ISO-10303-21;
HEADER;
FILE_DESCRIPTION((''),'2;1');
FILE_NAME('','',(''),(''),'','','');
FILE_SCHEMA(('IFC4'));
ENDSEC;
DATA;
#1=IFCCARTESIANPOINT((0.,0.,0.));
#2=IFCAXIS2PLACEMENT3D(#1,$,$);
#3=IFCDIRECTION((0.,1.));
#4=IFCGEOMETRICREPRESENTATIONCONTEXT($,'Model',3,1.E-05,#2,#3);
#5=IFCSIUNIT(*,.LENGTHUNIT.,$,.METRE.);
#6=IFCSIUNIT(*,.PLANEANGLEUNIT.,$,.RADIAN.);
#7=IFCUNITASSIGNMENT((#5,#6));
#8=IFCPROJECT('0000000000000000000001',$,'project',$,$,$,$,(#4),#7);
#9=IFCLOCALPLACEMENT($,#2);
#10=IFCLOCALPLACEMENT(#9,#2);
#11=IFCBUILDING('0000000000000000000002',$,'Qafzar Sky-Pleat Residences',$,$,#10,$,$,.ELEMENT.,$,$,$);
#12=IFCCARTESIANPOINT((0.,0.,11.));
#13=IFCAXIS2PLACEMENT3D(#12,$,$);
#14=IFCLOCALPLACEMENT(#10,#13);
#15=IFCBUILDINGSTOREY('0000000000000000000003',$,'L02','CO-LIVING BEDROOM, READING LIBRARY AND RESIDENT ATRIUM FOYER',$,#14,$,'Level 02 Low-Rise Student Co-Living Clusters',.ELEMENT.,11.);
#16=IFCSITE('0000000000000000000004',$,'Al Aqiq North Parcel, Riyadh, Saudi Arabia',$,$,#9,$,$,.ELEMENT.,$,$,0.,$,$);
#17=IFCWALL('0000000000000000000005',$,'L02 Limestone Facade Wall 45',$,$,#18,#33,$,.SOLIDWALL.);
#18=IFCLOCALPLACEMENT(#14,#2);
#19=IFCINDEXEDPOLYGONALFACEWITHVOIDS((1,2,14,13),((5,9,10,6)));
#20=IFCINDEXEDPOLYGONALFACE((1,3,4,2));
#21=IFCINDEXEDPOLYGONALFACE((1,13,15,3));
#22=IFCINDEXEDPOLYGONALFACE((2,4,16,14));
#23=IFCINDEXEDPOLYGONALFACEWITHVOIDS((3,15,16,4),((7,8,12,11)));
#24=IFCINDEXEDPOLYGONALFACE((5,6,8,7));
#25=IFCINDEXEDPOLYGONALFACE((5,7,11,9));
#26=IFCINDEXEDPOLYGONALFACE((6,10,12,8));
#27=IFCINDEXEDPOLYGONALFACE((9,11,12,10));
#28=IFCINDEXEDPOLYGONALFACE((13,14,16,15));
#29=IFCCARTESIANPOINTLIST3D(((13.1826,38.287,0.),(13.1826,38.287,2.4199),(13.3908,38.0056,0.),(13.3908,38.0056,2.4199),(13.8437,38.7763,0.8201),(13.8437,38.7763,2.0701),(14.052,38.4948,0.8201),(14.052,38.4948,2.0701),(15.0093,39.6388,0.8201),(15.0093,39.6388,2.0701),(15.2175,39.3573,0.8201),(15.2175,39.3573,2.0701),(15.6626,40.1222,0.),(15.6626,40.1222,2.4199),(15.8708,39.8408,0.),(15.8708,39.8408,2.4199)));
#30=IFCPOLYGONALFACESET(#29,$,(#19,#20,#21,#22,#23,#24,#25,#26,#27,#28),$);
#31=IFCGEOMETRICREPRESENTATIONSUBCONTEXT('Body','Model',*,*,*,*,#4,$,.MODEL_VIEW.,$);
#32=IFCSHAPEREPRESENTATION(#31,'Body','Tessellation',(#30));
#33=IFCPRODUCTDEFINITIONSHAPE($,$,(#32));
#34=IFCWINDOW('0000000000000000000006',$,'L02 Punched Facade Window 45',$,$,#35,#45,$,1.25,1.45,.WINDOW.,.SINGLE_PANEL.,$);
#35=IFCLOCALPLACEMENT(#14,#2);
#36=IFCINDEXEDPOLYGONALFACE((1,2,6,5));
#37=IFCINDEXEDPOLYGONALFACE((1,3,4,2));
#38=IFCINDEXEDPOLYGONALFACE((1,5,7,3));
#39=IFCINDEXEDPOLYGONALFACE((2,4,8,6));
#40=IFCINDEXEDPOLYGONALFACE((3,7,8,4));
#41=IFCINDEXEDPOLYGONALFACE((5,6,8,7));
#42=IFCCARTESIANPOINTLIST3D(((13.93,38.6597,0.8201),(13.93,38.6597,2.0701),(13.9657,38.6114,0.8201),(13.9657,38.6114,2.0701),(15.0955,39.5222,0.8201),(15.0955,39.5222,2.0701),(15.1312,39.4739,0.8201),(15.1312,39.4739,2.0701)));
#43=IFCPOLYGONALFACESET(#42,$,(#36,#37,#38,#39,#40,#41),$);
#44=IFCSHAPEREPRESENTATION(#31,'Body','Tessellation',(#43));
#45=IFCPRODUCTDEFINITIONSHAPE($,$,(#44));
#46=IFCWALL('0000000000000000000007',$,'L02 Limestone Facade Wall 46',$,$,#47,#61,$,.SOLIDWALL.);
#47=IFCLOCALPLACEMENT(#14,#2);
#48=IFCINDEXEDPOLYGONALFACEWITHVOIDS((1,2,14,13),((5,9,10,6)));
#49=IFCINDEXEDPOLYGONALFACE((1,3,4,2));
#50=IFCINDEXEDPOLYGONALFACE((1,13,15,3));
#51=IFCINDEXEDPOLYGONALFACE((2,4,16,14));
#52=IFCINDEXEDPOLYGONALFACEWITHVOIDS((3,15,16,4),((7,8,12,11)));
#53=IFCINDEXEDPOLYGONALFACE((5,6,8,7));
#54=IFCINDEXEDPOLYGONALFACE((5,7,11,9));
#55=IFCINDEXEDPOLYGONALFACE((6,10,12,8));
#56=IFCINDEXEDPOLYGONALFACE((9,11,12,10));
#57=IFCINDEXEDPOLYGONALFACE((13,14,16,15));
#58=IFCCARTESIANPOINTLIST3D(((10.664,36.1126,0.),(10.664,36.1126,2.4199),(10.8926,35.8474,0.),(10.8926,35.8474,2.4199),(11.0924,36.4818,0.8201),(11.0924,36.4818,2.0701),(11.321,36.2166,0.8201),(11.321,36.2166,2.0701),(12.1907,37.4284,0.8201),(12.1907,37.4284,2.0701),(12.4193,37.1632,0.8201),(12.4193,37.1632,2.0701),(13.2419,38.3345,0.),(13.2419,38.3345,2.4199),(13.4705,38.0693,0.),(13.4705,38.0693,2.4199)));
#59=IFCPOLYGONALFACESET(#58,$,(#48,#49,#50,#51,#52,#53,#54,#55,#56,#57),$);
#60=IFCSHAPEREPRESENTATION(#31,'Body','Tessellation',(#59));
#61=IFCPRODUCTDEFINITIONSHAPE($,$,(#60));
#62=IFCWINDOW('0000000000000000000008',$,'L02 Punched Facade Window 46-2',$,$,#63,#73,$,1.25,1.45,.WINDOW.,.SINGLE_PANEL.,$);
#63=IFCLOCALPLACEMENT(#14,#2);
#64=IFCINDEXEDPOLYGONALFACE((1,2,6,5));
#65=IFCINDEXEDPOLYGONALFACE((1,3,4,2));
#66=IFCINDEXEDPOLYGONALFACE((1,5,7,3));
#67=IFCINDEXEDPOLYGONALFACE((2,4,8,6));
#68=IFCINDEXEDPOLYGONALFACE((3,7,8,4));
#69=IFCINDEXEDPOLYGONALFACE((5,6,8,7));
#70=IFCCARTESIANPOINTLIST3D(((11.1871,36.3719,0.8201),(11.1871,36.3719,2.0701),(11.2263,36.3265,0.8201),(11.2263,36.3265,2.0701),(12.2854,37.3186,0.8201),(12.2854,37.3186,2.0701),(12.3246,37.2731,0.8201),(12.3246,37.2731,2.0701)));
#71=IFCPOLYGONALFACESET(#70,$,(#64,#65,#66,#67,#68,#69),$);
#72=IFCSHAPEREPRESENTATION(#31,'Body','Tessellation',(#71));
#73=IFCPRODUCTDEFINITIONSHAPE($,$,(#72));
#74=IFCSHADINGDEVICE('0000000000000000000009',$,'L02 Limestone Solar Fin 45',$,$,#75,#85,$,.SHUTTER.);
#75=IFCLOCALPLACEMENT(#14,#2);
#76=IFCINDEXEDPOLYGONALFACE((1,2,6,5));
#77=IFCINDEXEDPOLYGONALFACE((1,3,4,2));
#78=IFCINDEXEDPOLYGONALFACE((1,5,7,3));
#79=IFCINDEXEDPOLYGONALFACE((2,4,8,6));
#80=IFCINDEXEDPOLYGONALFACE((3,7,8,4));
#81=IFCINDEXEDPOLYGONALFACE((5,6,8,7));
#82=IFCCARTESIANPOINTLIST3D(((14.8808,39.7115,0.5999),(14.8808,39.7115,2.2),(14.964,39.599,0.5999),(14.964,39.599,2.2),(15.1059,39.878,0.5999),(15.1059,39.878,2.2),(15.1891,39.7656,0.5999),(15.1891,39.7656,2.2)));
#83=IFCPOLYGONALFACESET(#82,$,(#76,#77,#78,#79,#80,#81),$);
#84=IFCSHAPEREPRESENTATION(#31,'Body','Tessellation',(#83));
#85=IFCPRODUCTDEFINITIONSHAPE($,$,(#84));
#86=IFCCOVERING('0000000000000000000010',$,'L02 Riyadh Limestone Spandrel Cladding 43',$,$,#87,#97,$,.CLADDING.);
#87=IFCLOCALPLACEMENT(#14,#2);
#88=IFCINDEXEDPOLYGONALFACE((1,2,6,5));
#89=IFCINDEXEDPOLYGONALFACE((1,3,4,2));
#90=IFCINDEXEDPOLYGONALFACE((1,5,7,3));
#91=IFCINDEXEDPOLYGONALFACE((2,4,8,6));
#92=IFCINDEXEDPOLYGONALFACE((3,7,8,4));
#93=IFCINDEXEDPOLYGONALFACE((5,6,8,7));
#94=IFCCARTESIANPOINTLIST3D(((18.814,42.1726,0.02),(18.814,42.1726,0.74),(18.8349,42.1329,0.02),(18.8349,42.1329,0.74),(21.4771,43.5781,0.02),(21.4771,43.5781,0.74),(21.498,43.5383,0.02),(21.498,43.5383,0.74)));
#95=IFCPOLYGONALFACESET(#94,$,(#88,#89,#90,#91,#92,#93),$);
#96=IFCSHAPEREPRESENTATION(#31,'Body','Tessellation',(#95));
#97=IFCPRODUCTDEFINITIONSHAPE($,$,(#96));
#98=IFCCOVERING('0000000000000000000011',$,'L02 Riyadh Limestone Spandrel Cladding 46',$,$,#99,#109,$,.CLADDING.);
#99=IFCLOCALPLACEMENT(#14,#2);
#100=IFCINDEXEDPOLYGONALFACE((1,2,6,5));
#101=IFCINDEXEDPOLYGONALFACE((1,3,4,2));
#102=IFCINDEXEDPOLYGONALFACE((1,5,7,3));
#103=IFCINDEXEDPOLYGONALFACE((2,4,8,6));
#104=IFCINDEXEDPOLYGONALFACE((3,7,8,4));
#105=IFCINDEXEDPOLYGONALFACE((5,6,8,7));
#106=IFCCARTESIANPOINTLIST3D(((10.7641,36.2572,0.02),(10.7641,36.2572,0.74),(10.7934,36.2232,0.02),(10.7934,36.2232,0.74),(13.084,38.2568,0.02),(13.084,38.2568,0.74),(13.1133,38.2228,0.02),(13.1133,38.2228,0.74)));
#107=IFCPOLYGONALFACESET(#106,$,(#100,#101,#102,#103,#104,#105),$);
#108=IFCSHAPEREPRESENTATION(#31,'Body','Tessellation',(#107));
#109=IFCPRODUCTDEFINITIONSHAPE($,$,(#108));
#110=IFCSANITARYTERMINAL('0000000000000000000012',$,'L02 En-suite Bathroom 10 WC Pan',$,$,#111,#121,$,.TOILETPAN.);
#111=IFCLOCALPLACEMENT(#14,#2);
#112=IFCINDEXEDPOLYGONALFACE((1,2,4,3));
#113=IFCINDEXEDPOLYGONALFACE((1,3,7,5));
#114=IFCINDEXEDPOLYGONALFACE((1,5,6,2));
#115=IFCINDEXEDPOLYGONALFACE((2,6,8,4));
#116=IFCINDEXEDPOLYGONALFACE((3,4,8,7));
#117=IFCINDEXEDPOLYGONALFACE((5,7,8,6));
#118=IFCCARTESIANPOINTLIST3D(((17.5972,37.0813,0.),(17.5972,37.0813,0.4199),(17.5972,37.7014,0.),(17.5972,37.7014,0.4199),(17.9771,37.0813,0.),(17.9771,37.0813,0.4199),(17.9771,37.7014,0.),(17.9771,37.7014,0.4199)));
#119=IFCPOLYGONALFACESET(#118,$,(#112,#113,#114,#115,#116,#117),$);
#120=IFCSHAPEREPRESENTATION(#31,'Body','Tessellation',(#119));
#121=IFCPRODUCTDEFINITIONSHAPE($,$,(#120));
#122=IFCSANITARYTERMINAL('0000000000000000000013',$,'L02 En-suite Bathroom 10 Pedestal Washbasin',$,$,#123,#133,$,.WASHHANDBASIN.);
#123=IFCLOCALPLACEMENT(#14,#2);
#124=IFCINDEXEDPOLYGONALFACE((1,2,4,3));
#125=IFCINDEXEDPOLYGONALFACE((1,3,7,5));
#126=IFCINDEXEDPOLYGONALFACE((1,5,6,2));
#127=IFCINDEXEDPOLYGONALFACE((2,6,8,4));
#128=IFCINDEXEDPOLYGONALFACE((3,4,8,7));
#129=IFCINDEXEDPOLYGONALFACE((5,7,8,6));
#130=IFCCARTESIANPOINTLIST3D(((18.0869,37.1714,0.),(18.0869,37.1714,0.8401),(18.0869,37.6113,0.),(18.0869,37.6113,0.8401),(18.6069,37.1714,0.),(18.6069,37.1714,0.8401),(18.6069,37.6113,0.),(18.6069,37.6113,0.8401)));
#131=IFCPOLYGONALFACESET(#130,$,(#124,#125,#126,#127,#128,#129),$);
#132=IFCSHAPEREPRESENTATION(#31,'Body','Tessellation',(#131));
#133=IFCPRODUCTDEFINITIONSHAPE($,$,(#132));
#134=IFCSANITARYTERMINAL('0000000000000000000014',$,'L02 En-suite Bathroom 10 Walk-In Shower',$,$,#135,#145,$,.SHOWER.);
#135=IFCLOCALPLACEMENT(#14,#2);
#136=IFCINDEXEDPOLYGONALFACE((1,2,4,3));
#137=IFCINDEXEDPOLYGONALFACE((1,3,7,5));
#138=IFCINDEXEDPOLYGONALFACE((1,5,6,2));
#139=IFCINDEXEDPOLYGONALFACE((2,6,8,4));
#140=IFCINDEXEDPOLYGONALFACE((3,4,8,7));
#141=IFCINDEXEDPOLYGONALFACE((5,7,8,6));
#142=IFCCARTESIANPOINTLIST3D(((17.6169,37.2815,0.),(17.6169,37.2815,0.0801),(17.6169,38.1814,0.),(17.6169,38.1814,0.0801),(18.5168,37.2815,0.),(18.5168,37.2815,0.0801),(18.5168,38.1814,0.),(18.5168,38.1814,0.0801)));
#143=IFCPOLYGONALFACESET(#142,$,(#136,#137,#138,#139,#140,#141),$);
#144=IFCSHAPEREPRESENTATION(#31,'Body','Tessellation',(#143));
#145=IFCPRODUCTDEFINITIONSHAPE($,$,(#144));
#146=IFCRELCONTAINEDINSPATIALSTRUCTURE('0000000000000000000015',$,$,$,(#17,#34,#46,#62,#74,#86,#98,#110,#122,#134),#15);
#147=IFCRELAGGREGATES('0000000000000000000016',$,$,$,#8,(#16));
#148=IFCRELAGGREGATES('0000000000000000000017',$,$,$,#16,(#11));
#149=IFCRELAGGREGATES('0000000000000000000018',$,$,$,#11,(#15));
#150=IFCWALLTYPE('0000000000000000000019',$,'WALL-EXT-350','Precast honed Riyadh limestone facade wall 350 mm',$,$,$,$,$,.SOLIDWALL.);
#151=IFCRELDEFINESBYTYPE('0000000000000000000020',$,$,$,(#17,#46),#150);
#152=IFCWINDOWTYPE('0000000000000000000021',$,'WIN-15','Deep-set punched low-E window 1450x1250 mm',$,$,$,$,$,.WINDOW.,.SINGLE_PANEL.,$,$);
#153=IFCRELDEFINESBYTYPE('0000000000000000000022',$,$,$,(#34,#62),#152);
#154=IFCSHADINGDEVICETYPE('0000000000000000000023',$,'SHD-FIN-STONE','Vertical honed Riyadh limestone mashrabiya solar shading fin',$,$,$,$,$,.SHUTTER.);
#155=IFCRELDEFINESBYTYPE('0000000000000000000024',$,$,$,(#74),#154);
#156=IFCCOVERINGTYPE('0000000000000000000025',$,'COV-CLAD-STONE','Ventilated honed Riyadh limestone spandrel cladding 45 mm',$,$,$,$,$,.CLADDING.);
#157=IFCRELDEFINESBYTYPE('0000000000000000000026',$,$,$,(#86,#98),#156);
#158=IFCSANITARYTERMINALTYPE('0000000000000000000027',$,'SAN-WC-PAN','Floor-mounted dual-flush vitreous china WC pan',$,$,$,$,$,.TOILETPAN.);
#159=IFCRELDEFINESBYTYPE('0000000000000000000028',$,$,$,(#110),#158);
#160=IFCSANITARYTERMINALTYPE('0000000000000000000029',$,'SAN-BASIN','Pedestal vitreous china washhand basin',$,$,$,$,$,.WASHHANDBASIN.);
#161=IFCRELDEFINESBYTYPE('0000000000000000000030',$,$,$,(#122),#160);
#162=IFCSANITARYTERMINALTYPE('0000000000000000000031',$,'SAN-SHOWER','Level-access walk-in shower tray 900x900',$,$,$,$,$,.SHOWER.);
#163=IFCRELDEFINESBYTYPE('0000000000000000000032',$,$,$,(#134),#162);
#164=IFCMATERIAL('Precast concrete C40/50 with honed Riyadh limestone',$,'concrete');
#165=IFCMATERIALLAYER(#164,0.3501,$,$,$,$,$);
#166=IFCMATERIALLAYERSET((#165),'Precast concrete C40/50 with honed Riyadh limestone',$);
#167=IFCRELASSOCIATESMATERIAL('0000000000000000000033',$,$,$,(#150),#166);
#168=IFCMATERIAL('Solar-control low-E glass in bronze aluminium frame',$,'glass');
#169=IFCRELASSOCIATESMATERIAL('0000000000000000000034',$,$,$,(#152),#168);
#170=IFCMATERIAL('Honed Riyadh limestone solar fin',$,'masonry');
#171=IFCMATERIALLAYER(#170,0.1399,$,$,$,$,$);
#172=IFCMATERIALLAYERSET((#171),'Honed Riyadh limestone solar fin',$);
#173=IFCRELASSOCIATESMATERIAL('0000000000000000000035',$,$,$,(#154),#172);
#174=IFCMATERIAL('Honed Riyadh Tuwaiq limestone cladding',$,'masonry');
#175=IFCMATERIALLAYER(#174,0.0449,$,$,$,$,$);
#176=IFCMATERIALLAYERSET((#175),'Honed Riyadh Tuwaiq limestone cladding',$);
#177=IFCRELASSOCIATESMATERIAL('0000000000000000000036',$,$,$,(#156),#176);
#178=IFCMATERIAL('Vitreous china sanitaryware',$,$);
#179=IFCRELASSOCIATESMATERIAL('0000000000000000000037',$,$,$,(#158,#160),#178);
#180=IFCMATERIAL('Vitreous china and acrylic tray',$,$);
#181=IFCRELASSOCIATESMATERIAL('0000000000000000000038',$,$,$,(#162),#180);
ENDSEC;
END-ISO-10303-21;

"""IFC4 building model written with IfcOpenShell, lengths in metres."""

from ifc_helpers import new_model, si_unit, direction, frame, frame_2d, origin, origin_2d, place, context, subcontext, project, spatial, rectangle, extrude, source, transform, mapped, material, layer, layer_set, type_object, element, fill, save


model = new_model("IFC4")

# Units and contexts
model_context = context("Model", 3, precision=1e-05, world=origin(), true_north=direction((0.0, 1.0)))
body_context = subcontext(model_context, "Body", "Model", "MODEL_VIEW")
ifc_project = project(units=[si_unit("LENGTHUNIT", "METRE"), si_unit("PLANEANGLEUNIT", "RADIAN")], contexts=[model_context])

# Site, building, storey
site_placement = place(None, origin())
site = spatial("IfcSite", under=ifc_project, at=site_placement, Name="Al Aqiq North Parcel, Riyadh, Saudi Arabia", CompositionType="ELEMENT", RefElevation=0.0)
building_placement = place(site_placement, origin())
building = spatial("IfcBuilding", under=site, at=building_placement, Name="Qafzar Sky-Pleat Residences", CompositionType="ELEMENT")
storey_placement = place(building_placement, frame((0.0, 0.0, 11.0)))
storey = spatial("IfcBuildingStorey", under=building, at=storey_placement, Name="L02", Description="CO-LIVING BEDROOM, READING LIBRARY AND RESIDENT ATRIUM FOYER", LongName="Level 02 Low-Rise Student Co-Living Clusters", CompositionType="ELEMENT", Elevation=11.0)

# Walls, openings, windows
ifc_material_1 = material(Name="Precast concrete C40/50 with honed Riyadh limestone", Category="concrete")
ifc_layer_1 = layer(ifc_material_1, 0.3501)
ifc_layer_set_1 = layer_set([ifc_layer_1], Name="Precast concrete C40/50 with honed Riyadh limestone")
wall_type_1 = type_object("IfcWallType", Name="WALL-EXT-350", Description="Precast honed Riyadh limestone facade wall 350 mm", PredefinedType="SOLIDWALL", material=ifc_layer_set_1)
ifc_material_2 = material(Name="Solar-control low-E glass in bronze aluminium frame", Category="glass")
wall_1_placement = place(storey_placement, frame((15.7666, 39.9814, 0.0), z_axis=(0.0, 0.0, 1.0), x_axis=(-0.803839, -0.594847, 0.0)))
wall_1 = element("IfcWall", 1, at=wall_1_placement, inside=storey, type_object=wall_type_1, Name="L02 Limestone Facade Wall 45", PredefinedType="SOLIDWALL", context=body_context, shape_type="SweptSolid", body=[
    extrude(rectangle(XDim=3.0852, YDim=0.3501, at=frame_2d((1.5425, 0.0))), origin(), (0.0, 0.0, 1.0), 2.4199),
])
opening_1_placement = place(wall_1_placement, frame((0.8125, 0.0, 0.8201)))
opening_1 = element("IfcOpeningElement", 2, at=opening_1_placement, cuts=wall_1, PredefinedType="OPENING", context=body_context, shape_type="SweptSolid", body=[
    extrude(rectangle(XDim=1.45, YDim=1.25, at=frame_2d((0.7251, 0.625))), frame((0.0, 0.1851, 0.0), z_axis=(0.0, -1.0, 0.0), x_axis=(1.0, 0.0, 0.0)), (0.0, 0.0, 1.0), 0.3701),
])
window_type_1 = type_object("IfcWindowType", Name="WIN-15", Description="Deep-set punched low-E window 1450x1250 mm", PartitioningType="SINGLE_PANEL", PredefinedType="WINDOW", material=ifc_material_2)
shared_shape_1 = source(origin(), body_context, "Body", "SweptSolid", [
    extrude(rectangle(XDim=1.45, YDim=1.25, at=frame_2d((0.7251, 0.625))), frame((0.0, 0.03, 0.0), z_axis=(0.0, -1.0, 0.0), x_axis=(1.0, 0.0, 0.0)), (0.0, 0.0, 1.0), 0.0601),
])
window_1_placement = place(opening_1_placement, origin())
window_1 = element("IfcWindow", 3, at=window_1_placement, inside=storey, type_object=window_type_1, Name="L02 Punched Facade Window 45", OverallHeight=1.25, OverallWidth=1.45, PartitioningType="SINGLE_PANEL", PredefinedType="WINDOW", context=body_context, shape_type="MappedRepresentation", body=[
    mapped(shared_shape_1, transform((0.0, 0.0, 0.0), x_axis=(1.0, 0.0, 0.0), y_axis=(0.0, 1.0, 0.0), z_axis=(0.0, 0.0, 1.0), scale=1.0)),
])
fill(opening_1, window_1)
wall_2_placement = place(storey_placement, frame((13.3562, 38.2019, 0.0), z_axis=(0.0, 0.0, 1.0), x_axis=(-0.757466, -0.652874, 0.0)))
wall_2 = element("IfcWall", 4, at=wall_2_placement, inside=storey, type_object=wall_type_1, Name="L02 Limestone Facade Wall 46", PredefinedType="SOLIDWALL", context=body_context, shape_type="SweptSolid", body=[
    extrude(rectangle(XDim=3.4033, YDim=0.3501, at=frame_2d((1.7017, 0.0))), origin(), (0.0, 0.0, 1.0), 2.4199),
])
opening_2_placement = place(wall_2_placement, frame((1.3877, 0.0, 0.8201)))
opening_2 = element("IfcOpeningElement", 5, at=opening_2_placement, cuts=wall_2, PredefinedType="OPENING", context=body_context, shape_type="SweptSolid", body=[
    extrude(rectangle(XDim=1.45, YDim=1.25, at=frame_2d((0.7251, 0.625))), frame((0.0, 0.1851, 0.0), z_axis=(0.0, -1.0, 0.0), x_axis=(1.0, 0.0, 0.0)), (0.0, 0.0, 1.0), 0.3701),
])
window_2_placement = place(opening_2_placement, origin())
window_2 = element("IfcWindow", 6, at=window_2_placement, inside=storey, type_object=window_type_1, Name="L02 Punched Facade Window 46-2", OverallHeight=1.25, OverallWidth=1.45, PartitioningType="SINGLE_PANEL", PredefinedType="WINDOW", context=body_context, shape_type="MappedRepresentation", body=[
    mapped(shared_shape_1, transform((0.0, 0.0, 0.0), x_axis=(1.0, 0.0, 0.0), y_axis=(0.0, 1.0, 0.0), z_axis=(0.0, 0.0, 1.0), scale=1.0)),
])
fill(opening_2, window_2)

# Shading device
ifc_material_3 = material(Name="Honed Riyadh limestone solar fin", Category="masonry")
ifc_layer_2 = layer(ifc_material_3, 0.1399)
ifc_layer_set_2 = layer_set([ifc_layer_2], Name="Honed Riyadh limestone solar fin")
shading_device_type = type_object("IfcShadingDeviceType", Name="SHD-FIN-STONE", Description="Vertical honed Riyadh limestone mashrabiya solar shading fin", PredefinedType="SHUTTER", material=ifc_layer_set_2)
shared_shape_2 = source(origin(), body_context, "Body", "SweptSolid", [
    extrude(rectangle(XDim=0.1399, YDim=0.28, at=origin_2d()), origin(), (0.0, 0.0, 1.0), 1.6001),
])
shading_device_placement = place(storey_placement, frame((15.0349, 39.7385, 0.5999), z_axis=(0.0, 0.0, 1.0), x_axis=(-0.594868, 0.803823, 0.0)))
element("IfcShadingDevice", 7, at=shading_device_placement, inside=storey, type_object=shading_device_type, Name="L02 Limestone Solar Fin 45", PredefinedType="SHUTTER", context=body_context, shape_type="MappedRepresentation", body=[
    mapped(shared_shape_2, transform((0.0, 0.0, 0.0), x_axis=(1.0, 0.0, 0.0), y_axis=(0.0, 1.0, 0.0), z_axis=(0.0, 0.0, 1.0), scale=1.0)),
])

# Coverings
ifc_material_4 = material(Name="Honed Riyadh Tuwaiq limestone cladding", Category="masonry")
ifc_layer_3 = layer(ifc_material_4, 0.0449)
ifc_layer_set_3 = layer_set([ifc_layer_3], Name="Honed Riyadh Tuwaiq limestone cladding")
covering_type = type_object("IfcCoveringType", Name="COV-CLAD-STONE", Description="Ventilated honed Riyadh limestone spandrel cladding 45 mm", PredefinedType="CLADDING", material=ifc_layer_set_3)
shared_shape_3 = source(origin(), body_context, "Body", "SweptSolid", [
    extrude(rectangle(XDim=3.0112, YDim=0.0449, at=origin_2d()), origin(), (0.0, 0.0, 1.0), 0.72),
])
covering_1_placement = place(storey_placement, frame((20.156, 42.8555, 0.02), z_axis=(0.0, 0.0, 1.0), x_axis=(-0.884391, -0.466748, 0.0)))
element("IfcCovering", 8, at=covering_1_placement, inside=storey, type_object=covering_type, Name="L02 Riyadh Limestone Spandrel Cladding 43", PredefinedType="CLADDING", context=body_context, shape_type="MappedRepresentation", body=[
    mapped(shared_shape_3, transform((0.0, 0.0, 0.0), x_axis=(1.0, 0.0, 0.0), y_axis=(0.0, 1.0, 0.0), z_axis=(0.0, 0.0, 1.0), scale=1.0)),
])
shared_shape_4 = source(origin(), body_context, "Body", "SweptSolid", [
    extrude(rectangle(XDim=3.0627, YDim=0.0449, at=origin_2d()), origin(), (0.0, 0.0, 1.0), 0.72),
])
covering_2_placement = place(storey_placement, frame((11.9387, 37.24, 0.02), z_axis=(0.0, 0.0, 1.0), x_axis=(-0.757462, -0.65288, 0.0)))
element("IfcCovering", 9, at=covering_2_placement, inside=storey, type_object=covering_type, Name="L02 Riyadh Limestone Spandrel Cladding 46", PredefinedType="CLADDING", context=body_context, shape_type="MappedRepresentation", body=[
    mapped(shared_shape_4, transform((0.0, 0.0, 0.0), x_axis=(1.0, 0.0, 0.0), y_axis=(0.0, 1.0, 0.0), z_axis=(0.0, 0.0, 1.0), scale=1.0)),
])

# Sanitary terminals
ifc_material_5 = material(Name="Vitreous china sanitaryware")
sanitary_terminal_type_1 = type_object("IfcSanitaryTerminalType", Name="SAN-WC-PAN", Description="Floor-mounted dual-flush vitreous china WC pan", PredefinedType="TOILETPAN", material=ifc_material_5)
shared_shape_5 = source(origin(), body_context, "Body", "SweptSolid", [
    extrude(rectangle(XDim=0.3799, YDim=0.6201, at=origin_2d()), origin(), (0.0, 0.0, 1.0), 0.4199),
])
sanitary_terminal_1_placement = place(storey_placement, frame((17.7871, 37.3914, 0.0), z_axis=(0.0, 0.0, 1.0), x_axis=(1.0, 0.0, 0.0)))
element("IfcSanitaryTerminal", 10, at=sanitary_terminal_1_placement, inside=storey, type_object=sanitary_terminal_type_1, Name="L02 En-suite Bathroom 10 WC Pan", PredefinedType="TOILETPAN", context=body_context, shape_type="MappedRepresentation", body=[
    mapped(shared_shape_5, transform((0.0, 0.0, 0.0), x_axis=(1.0, 0.0, 0.0), y_axis=(0.0, 1.0, 0.0), z_axis=(0.0, 0.0, 1.0), scale=1.0)),
])
sanitary_terminal_type_2 = type_object("IfcSanitaryTerminalType", Name="SAN-BASIN", Description="Pedestal vitreous china washhand basin", PredefinedType="WASHHANDBASIN", material=ifc_material_5)
shared_shape_6 = source(origin(), body_context, "Body", "SweptSolid", [
    extrude(rectangle(XDim=0.52, YDim=0.4399, at=origin_2d()), origin(), (0.0, 0.0, 1.0), 0.8401),
])
sanitary_terminal_2_placement = place(storey_placement, frame((18.3469, 37.3914, 0.0), z_axis=(0.0, 0.0, 1.0), x_axis=(1.0, 0.0, 0.0)))
element("IfcSanitaryTerminal", 11, at=sanitary_terminal_2_placement, inside=storey, type_object=sanitary_terminal_type_2, Name="L02 En-suite Bathroom 10 Pedestal Washbasin", PredefinedType="WASHHANDBASIN", context=body_context, shape_type="MappedRepresentation", body=[
    mapped(shared_shape_6, transform((0.0, 0.0, 0.0), x_axis=(1.0, 0.0, 0.0), y_axis=(0.0, 1.0, 0.0), z_axis=(0.0, 0.0, 1.0), scale=1.0)),
])
ifc_material_6 = material(Name="Vitreous china and acrylic tray")
sanitary_terminal_type_3 = type_object("IfcSanitaryTerminalType", Name="SAN-SHOWER", Description="Level-access walk-in shower tray 900x900", PredefinedType="SHOWER", material=ifc_material_6)
shared_shape_7 = source(origin(), body_context, "Body", "SweptSolid", [
    extrude(rectangle(XDim=0.8999, YDim=0.8999, at=origin_2d()), origin(), (0.0, 0.0, 1.0), 0.0801),
])
sanitary_terminal_3_placement = place(storey_placement, frame((18.0669, 37.7314, 0.0), z_axis=(0.0, 0.0, 1.0), x_axis=(1.0, 0.0, 0.0)))
element("IfcSanitaryTerminal", 12, at=sanitary_terminal_3_placement, inside=storey, type_object=sanitary_terminal_type_3, Name="L02 En-suite Bathroom 10 Walk-In Shower", PredefinedType="SHOWER", context=body_context, shape_type="MappedRepresentation", body=[
    mapped(shared_shape_7, transform((0.0, 0.0, 0.0), x_axis=(1.0, 0.0, 0.0), y_axis=(0.0, 1.0, 0.0), z_axis=(0.0, 0.0, 1.0), scale=1.0)),
])

save(model, "model.ifc")
